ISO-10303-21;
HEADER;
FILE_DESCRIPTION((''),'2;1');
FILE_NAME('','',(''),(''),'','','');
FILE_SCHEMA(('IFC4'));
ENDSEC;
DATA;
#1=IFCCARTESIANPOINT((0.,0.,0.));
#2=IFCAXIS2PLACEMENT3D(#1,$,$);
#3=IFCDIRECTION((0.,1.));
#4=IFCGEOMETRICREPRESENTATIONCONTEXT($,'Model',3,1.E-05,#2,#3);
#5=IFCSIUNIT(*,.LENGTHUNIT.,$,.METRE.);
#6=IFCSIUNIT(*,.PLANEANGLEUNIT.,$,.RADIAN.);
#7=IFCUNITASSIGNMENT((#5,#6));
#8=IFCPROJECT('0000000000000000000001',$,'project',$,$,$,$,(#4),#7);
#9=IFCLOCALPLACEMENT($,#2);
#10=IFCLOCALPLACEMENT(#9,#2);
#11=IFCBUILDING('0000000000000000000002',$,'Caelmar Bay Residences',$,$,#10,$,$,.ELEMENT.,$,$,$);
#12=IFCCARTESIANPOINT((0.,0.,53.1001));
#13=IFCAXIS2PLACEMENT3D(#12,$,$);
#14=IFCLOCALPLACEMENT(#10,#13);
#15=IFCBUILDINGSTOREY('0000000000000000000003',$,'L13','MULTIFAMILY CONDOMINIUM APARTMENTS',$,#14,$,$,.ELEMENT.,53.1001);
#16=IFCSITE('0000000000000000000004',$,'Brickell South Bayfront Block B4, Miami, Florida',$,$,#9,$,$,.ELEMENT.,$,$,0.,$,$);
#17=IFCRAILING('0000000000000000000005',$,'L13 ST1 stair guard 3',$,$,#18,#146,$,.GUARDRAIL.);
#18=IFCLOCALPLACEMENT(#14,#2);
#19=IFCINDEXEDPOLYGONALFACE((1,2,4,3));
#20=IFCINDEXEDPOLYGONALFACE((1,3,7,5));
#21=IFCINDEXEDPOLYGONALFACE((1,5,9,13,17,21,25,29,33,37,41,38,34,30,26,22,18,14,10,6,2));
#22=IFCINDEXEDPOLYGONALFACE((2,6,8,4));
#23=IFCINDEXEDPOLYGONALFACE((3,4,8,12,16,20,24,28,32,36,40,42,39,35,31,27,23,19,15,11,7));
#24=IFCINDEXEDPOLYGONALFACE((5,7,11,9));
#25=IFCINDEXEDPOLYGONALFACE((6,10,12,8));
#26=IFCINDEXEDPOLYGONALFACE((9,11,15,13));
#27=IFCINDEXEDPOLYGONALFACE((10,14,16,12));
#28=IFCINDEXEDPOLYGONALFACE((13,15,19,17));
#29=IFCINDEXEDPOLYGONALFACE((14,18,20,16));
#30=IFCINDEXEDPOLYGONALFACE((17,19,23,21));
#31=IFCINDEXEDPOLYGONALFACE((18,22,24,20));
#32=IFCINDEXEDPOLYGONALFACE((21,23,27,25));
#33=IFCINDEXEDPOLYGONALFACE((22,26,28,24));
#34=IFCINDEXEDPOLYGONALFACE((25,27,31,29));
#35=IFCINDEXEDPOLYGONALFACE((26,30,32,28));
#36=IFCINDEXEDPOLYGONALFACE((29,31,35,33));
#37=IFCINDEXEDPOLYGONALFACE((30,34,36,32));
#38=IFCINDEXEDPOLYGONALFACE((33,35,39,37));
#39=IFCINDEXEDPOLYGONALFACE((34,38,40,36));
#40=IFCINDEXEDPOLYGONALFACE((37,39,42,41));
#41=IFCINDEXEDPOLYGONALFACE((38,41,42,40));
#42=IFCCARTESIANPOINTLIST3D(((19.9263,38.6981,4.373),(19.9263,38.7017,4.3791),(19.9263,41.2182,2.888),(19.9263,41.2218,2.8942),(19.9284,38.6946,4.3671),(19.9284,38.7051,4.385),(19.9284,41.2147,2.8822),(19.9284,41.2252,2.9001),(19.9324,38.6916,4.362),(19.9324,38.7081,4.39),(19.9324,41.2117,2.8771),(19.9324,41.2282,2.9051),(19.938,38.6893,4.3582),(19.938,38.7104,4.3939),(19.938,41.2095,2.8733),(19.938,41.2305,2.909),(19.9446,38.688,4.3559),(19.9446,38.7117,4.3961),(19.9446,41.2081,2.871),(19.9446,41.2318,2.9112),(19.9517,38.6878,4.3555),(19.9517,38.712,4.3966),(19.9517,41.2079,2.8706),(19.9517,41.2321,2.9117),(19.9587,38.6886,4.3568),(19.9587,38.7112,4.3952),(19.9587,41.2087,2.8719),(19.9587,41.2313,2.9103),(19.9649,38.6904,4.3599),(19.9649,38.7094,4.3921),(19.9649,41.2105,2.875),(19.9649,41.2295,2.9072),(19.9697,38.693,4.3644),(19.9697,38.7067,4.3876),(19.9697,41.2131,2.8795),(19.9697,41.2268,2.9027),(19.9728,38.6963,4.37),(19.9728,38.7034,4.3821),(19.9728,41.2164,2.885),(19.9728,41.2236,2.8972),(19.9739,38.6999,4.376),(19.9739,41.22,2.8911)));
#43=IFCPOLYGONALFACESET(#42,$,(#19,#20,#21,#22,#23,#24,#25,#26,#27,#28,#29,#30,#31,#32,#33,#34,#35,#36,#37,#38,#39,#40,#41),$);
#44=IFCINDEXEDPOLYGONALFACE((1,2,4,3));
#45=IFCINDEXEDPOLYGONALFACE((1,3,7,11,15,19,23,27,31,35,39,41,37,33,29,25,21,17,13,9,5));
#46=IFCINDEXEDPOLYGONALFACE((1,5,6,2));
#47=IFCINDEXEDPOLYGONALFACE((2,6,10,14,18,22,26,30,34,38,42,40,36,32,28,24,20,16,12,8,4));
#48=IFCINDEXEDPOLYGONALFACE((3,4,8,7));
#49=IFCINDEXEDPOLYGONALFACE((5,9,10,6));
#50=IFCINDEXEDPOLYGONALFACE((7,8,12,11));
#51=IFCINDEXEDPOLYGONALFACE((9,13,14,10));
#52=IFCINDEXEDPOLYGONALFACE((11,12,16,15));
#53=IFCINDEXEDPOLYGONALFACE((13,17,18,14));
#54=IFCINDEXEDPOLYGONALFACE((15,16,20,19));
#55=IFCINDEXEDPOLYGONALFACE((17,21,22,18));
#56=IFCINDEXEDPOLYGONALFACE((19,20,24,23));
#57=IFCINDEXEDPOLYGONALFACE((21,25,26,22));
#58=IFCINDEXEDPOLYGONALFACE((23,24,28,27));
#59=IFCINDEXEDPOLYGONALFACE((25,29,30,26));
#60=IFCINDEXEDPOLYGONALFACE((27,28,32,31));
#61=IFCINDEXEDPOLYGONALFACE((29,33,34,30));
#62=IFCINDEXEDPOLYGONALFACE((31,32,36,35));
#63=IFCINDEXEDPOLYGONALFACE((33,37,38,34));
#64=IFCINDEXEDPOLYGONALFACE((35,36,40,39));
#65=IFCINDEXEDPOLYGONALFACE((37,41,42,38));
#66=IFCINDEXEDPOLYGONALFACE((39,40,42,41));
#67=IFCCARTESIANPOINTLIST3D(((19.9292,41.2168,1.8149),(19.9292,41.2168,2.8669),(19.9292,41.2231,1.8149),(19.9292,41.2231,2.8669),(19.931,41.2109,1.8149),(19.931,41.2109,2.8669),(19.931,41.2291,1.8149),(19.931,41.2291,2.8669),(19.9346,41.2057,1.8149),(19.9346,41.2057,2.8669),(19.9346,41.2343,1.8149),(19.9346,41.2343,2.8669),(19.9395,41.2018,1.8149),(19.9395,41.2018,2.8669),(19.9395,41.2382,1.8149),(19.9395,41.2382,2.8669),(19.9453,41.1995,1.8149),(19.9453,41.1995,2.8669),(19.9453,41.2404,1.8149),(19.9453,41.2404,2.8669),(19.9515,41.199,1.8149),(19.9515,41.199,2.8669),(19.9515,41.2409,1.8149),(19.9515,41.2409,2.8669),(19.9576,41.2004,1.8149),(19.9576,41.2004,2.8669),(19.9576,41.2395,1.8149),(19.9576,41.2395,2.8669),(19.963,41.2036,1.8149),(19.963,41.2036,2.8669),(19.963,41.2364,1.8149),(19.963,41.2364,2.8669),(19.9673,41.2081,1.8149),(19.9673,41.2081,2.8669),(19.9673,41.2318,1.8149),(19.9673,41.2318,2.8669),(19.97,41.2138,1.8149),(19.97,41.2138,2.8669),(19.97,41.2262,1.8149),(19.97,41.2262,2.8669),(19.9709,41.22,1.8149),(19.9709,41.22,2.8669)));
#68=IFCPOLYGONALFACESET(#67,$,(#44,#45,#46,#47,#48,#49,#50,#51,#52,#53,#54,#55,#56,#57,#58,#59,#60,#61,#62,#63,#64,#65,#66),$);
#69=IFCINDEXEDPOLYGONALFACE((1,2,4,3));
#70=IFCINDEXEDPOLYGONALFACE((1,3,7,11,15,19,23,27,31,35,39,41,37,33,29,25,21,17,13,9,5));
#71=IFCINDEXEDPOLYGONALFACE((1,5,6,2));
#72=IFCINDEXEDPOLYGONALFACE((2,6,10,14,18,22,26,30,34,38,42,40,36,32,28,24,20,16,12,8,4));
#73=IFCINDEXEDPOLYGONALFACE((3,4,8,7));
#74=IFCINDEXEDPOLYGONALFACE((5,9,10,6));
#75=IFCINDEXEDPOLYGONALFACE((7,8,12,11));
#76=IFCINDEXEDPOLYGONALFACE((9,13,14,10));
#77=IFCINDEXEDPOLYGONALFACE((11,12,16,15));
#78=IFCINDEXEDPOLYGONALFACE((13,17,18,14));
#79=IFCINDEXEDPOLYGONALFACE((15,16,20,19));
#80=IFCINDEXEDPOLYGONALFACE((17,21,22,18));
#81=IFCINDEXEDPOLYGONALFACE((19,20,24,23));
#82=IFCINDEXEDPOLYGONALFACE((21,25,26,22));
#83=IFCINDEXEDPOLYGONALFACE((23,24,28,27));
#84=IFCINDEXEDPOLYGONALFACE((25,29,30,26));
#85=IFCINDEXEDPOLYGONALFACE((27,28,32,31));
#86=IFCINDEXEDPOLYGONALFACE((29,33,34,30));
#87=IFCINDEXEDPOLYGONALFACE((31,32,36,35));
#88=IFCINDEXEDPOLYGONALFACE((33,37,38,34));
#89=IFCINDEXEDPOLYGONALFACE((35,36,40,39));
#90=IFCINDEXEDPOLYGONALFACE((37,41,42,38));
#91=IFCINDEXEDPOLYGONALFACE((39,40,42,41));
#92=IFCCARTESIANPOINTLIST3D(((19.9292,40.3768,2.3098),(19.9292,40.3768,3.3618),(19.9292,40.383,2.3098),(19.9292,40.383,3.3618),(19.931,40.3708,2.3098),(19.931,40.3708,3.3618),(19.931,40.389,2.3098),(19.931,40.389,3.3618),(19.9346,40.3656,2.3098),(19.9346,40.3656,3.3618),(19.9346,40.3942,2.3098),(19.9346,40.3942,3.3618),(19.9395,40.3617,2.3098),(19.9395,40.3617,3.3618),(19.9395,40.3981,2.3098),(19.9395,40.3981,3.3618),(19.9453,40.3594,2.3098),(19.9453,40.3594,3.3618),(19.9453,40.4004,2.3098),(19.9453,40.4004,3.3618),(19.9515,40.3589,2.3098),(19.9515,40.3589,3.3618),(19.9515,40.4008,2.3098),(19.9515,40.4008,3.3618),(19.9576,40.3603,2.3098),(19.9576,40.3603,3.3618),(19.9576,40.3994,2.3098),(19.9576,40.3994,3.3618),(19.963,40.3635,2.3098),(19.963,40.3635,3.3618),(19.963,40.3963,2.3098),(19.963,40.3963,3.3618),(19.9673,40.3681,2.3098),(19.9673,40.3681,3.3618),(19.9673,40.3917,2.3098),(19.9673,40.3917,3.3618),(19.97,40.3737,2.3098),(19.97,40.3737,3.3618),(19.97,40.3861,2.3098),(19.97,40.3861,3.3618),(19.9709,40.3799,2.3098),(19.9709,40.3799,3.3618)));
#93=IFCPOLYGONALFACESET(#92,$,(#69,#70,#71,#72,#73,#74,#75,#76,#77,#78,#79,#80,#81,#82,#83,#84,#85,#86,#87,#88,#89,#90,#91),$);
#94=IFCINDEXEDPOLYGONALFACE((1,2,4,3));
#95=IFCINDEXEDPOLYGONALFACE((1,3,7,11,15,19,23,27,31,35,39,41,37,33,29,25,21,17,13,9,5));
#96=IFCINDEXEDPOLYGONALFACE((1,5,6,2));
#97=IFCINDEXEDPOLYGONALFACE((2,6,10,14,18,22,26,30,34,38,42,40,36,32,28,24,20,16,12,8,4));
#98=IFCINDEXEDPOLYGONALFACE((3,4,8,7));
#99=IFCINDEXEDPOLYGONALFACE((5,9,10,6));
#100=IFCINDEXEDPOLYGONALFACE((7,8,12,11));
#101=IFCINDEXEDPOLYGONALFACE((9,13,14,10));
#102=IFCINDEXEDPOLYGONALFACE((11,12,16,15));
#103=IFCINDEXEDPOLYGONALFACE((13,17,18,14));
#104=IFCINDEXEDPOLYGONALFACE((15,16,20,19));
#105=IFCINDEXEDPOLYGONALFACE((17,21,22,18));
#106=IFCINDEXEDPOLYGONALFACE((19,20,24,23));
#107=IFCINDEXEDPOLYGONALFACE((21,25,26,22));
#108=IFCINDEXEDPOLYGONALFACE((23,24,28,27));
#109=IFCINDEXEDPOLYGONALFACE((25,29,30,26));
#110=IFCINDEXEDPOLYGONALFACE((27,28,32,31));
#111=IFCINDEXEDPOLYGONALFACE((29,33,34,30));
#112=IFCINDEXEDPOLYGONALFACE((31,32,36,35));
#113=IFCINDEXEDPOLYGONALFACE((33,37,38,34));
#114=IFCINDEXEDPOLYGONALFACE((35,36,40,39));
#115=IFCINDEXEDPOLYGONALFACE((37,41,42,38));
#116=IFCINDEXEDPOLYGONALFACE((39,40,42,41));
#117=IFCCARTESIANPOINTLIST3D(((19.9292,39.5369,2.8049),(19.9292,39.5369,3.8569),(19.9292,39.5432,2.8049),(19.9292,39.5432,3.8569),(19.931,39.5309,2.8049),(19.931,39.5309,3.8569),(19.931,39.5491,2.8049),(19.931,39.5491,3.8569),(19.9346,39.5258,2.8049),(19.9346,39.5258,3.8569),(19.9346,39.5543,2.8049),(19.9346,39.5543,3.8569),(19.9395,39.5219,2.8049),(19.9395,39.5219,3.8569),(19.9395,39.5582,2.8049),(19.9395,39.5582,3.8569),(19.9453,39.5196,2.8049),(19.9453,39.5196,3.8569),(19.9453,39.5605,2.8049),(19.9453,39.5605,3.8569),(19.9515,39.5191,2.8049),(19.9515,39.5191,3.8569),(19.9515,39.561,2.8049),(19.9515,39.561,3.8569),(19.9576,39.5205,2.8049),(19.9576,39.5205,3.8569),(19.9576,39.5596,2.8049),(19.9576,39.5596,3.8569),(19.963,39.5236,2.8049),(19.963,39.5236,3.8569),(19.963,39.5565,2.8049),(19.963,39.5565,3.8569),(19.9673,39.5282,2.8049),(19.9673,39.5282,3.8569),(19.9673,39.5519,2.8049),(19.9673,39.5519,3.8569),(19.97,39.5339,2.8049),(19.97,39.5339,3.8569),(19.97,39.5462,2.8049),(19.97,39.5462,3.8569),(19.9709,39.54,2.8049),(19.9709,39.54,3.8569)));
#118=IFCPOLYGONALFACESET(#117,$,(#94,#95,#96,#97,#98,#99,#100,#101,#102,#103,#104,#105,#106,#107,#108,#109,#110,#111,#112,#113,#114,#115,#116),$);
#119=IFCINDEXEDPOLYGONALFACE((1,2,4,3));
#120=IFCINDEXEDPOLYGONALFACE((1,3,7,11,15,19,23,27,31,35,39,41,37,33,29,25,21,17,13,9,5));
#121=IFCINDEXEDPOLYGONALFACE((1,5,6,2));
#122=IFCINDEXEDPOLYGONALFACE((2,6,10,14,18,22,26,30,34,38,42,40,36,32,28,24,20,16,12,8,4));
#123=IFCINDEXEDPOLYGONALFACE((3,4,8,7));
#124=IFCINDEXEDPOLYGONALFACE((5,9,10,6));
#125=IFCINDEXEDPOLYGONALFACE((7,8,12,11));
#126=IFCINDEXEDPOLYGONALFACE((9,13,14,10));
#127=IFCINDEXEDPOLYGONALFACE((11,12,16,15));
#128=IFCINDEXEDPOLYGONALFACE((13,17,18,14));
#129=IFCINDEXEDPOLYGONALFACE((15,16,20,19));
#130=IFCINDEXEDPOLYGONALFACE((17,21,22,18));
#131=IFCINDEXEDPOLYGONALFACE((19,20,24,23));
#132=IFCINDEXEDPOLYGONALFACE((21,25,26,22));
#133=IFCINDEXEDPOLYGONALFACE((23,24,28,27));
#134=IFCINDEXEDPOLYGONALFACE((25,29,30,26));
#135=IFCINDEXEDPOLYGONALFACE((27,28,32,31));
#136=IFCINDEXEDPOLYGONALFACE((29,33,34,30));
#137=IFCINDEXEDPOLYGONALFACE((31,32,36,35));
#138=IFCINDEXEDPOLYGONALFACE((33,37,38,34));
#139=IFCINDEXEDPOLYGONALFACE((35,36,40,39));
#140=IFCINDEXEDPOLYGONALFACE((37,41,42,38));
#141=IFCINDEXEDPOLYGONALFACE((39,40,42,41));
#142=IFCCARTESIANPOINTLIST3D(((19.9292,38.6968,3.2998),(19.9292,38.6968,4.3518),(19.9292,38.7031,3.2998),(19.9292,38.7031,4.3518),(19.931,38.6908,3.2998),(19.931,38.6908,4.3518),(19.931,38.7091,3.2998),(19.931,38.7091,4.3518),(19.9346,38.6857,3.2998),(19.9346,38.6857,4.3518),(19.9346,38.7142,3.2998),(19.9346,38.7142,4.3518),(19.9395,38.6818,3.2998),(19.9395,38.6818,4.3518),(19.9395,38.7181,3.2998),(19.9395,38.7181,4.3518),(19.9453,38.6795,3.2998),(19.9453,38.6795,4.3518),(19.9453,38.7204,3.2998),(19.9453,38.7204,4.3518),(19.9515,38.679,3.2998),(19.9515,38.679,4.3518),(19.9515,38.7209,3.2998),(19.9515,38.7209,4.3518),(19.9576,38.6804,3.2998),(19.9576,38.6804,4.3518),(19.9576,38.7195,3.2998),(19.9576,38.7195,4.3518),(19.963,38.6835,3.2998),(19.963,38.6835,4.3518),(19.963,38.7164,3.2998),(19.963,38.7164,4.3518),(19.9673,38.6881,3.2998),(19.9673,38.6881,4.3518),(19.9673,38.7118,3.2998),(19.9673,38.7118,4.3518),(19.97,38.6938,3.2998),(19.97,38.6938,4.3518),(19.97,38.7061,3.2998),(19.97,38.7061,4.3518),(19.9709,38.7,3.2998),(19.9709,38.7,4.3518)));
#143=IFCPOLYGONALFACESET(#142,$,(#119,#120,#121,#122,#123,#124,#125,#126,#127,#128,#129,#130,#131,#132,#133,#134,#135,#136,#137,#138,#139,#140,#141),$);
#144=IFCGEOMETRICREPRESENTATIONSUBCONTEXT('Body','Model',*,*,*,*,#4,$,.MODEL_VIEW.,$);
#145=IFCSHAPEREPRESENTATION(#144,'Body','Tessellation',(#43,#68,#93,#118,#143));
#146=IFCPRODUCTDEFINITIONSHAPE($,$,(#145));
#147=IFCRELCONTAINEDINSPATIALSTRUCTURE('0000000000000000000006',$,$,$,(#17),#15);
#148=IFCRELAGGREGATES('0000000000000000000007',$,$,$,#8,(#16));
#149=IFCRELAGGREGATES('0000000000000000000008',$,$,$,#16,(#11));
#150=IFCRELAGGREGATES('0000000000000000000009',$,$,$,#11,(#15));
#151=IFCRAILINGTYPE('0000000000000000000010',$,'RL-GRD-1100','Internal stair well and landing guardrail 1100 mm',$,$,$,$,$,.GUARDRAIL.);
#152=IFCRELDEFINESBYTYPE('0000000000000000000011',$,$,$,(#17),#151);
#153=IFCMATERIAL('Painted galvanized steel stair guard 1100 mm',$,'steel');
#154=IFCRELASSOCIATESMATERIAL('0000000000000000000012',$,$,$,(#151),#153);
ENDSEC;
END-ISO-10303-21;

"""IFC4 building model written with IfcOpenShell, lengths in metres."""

from ifc_helpers import new_model, si_unit, direction, frame, origin, origin_2d, place, context, subcontext, project, spatial, circle, extrude, material, type_object, element, save


model = new_model("IFC4")

# Units and contexts
model_context = context("Model", 3, precision=1e-05, world=origin(), true_north=direction((0.0, 1.0)))
body_context = subcontext(model_context, "Body", "Model", "MODEL_VIEW")
ifc_project = project(units=[si_unit("LENGTHUNIT", "METRE"), si_unit("PLANEANGLEUNIT", "RADIAN")], contexts=[model_context])

# Site, building, storey
site_placement = place(None, origin())
site = spatial("IfcSite", under=ifc_project, at=site_placement, Name="Brickell South Bayfront Block B4, Miami, Florida", CompositionType="ELEMENT", RefElevation=0.0)
building_placement = place(site_placement, origin())
building = spatial("IfcBuilding", under=site, at=building_placement, Name="Caelmar Bay Residences", CompositionType="ELEMENT")
storey_placement = place(building_placement, frame((0.0, 0.0, 53.1001)))
storey = spatial("IfcBuildingStorey", under=building, at=storey_placement, Name="L13", Description="MULTIFAMILY CONDOMINIUM APARTMENTS", CompositionType="ELEMENT", Elevation=53.1001)

# Railing
ifc_material_1 = material(Name="Painted galvanized steel stair guard 1100 mm", Category="steel")
railing_type_1 = type_object("IfcRailingType", Name="RL-GRD-1100", Description="Internal stair well and landing guardrail 1100 mm", PredefinedType="GUARDRAIL", material=ifc_material_1)
railing_1_placement = place(storey_placement, frame((19.95, 41.22, 1.8149)))
element("IfcRailing", 1, at=railing_1_placement, inside=storey, type_object=railing_type_1, Name="L13 ST1 stair guard 3", PredefinedType="GUARDRAIL", context=body_context, shape_type="SweptSolid", body=[
    extrude(circle(Radius=0.0239, at=origin_2d()), frame((0.0, 0.0, 1.0762), z_axis=(0.0, -0.861561, 0.507655), x_axis=(1.0, 0.0, 0.0)), (0.0, 0.0, 1.0), 2.925),
    extrude(circle(Radius=0.021, at=origin_2d()), origin(), (0.0, 0.0, 1.0), 1.052),
    extrude(circle(Radius=0.021, at=origin_2d()), frame((0.0, -0.8401, 0.4949)), (0.0, 0.0, 1.0), 1.052),
    extrude(circle(Radius=0.021, at=origin_2d()), frame((0.0, -1.6799, 0.99)), (0.0, 0.0, 1.0), 1.052),
    extrude(circle(Radius=0.021, at=origin_2d()), frame((0.0, -2.52, 1.4849)), (0.0, 0.0, 1.0), 1.052),
])

save(model, "model.ifc")
